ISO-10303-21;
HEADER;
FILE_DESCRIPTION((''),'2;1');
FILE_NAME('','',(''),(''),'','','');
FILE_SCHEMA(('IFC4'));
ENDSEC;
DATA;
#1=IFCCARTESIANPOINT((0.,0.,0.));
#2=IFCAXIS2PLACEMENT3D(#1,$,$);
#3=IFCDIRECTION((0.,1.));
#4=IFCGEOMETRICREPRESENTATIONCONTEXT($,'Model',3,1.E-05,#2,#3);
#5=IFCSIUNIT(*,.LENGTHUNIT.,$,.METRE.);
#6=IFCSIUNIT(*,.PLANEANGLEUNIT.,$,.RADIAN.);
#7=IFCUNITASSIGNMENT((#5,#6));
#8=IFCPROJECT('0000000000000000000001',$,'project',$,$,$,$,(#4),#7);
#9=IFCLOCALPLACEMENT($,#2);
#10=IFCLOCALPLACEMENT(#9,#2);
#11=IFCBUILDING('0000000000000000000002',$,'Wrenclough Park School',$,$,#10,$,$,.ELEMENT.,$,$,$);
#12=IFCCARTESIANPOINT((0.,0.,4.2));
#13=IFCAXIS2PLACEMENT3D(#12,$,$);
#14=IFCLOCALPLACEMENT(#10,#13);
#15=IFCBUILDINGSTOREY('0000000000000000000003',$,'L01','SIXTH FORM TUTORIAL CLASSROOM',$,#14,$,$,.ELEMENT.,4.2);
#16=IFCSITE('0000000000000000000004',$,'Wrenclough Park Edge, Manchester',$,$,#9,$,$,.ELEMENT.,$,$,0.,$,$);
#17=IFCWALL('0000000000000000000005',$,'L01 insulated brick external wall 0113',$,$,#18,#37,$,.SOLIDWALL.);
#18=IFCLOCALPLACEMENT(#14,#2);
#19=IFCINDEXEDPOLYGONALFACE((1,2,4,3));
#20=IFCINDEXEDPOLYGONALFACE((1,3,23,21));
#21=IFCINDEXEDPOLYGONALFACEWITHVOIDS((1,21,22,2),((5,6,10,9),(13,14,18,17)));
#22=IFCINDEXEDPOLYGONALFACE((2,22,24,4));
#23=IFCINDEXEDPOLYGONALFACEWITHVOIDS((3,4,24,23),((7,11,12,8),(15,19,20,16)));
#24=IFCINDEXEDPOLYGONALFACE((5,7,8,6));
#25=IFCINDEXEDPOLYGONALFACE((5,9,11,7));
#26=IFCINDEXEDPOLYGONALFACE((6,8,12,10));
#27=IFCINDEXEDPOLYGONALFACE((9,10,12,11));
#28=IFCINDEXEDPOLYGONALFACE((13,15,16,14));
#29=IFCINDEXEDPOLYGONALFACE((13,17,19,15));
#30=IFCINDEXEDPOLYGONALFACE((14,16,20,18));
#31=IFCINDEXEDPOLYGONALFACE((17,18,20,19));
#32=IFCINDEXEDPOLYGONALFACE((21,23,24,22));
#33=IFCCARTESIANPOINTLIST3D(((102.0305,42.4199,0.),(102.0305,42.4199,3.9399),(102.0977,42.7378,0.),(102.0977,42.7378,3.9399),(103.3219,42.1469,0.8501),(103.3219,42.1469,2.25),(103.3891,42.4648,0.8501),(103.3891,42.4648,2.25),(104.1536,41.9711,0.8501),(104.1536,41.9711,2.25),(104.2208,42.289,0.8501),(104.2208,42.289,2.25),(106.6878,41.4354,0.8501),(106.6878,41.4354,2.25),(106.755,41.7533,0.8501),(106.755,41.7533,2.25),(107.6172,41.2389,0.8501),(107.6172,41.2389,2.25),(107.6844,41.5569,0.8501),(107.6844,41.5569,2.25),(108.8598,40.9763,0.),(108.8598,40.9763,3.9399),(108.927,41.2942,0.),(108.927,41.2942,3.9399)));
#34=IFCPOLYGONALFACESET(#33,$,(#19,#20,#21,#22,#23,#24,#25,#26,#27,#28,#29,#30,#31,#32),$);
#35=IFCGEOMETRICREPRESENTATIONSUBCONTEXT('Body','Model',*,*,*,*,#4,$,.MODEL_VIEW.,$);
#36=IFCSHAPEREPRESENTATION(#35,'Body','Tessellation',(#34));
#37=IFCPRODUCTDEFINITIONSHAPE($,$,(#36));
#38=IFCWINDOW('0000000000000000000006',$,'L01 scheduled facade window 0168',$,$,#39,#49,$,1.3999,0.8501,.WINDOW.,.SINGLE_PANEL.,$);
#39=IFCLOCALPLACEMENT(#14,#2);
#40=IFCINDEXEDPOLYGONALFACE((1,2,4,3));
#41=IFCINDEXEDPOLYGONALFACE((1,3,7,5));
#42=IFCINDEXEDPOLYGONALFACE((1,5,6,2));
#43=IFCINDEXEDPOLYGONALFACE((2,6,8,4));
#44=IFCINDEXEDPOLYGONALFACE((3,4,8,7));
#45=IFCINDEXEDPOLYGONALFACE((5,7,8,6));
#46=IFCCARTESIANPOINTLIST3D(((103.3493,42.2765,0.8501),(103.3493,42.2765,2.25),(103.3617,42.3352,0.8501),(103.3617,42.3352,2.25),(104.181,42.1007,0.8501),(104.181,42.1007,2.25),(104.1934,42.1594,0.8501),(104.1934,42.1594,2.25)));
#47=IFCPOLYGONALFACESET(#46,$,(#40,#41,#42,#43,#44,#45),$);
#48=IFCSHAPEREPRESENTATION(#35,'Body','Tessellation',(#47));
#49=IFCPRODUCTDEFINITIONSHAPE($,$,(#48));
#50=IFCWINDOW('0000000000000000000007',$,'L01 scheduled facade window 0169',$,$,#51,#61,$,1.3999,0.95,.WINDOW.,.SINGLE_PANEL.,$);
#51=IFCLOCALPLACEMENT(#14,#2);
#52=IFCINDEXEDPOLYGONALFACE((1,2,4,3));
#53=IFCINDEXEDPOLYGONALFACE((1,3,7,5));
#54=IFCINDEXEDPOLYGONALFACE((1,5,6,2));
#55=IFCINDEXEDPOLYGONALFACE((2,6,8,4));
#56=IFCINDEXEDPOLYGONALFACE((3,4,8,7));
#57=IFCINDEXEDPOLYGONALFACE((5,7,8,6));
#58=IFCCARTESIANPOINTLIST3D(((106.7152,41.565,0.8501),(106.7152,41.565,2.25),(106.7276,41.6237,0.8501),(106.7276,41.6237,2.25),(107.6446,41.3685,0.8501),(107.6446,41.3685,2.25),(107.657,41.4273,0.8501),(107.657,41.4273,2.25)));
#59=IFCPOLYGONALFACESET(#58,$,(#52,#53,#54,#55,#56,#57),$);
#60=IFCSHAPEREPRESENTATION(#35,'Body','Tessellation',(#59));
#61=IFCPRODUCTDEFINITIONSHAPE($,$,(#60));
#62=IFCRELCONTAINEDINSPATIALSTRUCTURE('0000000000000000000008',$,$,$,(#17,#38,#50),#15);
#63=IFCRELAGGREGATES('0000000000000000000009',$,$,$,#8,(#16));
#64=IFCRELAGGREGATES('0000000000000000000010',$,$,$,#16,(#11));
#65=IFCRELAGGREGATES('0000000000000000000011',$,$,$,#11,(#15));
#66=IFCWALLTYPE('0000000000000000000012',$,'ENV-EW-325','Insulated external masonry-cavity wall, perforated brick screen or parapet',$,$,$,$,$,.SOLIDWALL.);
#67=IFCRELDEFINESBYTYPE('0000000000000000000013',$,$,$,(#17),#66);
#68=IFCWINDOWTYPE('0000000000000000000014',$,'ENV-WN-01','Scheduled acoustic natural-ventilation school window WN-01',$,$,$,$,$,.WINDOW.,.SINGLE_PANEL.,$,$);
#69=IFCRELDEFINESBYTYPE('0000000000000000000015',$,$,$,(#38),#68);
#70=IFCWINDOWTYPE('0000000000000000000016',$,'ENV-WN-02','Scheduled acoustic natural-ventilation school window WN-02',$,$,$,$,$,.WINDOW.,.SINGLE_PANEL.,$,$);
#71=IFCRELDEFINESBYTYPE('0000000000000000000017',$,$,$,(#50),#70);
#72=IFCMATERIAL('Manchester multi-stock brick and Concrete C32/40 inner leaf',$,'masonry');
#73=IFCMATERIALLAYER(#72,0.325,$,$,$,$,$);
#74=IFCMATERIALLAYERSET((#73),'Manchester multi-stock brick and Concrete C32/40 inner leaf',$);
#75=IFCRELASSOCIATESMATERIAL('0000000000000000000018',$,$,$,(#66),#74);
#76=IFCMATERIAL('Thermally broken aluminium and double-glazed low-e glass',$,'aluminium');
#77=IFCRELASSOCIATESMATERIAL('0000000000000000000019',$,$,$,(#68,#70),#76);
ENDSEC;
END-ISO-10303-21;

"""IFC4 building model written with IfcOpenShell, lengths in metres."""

from ifc_helpers import new_model, si_unit, direction, frame, frame_2d, origin, place, context, subcontext, project, spatial, rectangle, extrude, material, layer, layer_set, type_object, element, fill, save


model = new_model("IFC4")

# Units and contexts
model_context = context("Model", 3, precision=1e-05, world=origin(), true_north=direction((0.0, 1.0)))
body_context = subcontext(model_context, "Body", "Model", "MODEL_VIEW")
ifc_project = project(units=[si_unit("LENGTHUNIT", "METRE"), si_unit("PLANEANGLEUNIT", "RADIAN")], contexts=[model_context])

# Site, building, storey
site_placement = place(None, origin())
site = spatial("IfcSite", under=ifc_project, at=site_placement, Name="Wrenclough Park Edge, Manchester", CompositionType="ELEMENT", RefElevation=0.0)
building_placement = place(site_placement, origin())
building = spatial("IfcBuilding", under=site, at=building_placement, Name="Wrenclough Park School", CompositionType="ELEMENT")
storey_placement = place(building_placement, frame((0.0, 0.0, 4.2)))
storey = spatial("IfcBuildingStorey", under=building, at=storey_placement, Name="L01", Description="SIXTH FORM TUTORIAL CLASSROOM", CompositionType="ELEMENT", Elevation=4.2)

# Wall, openings, windows
ifc_material_1 = material(Name="Manchester multi-stock brick and Concrete C32/40 inner leaf", Category="masonry")
ifc_layer_1 = layer(ifc_material_1, 0.325)
ifc_layer_set_1 = layer_set([ifc_layer_1], Name="Manchester multi-stock brick and Concrete C32/40 inner leaf")
wall_type = type_object("IfcWallType", Name="ENV-EW-325", Description="Insulated external masonry-cavity wall, perforated brick screen or parapet", PredefinedType="SOLIDWALL", material=ifc_layer_set_1)
wall_placement = place(storey_placement, frame((102.064, 42.5789, 0.0), z_axis=(0.0, 0.0, 1.0), x_axis=(0.978381, -0.206812, 0.0)))
wall = element("IfcWall", 1, at=wall_placement, inside=storey, type_object=wall_type, Name="L01 insulated brick external wall 0113", PredefinedType="SOLIDWALL", context=body_context, shape_type="SweptSolid", body=[
    extrude(rectangle(XDim=6.9802, YDim=0.325, at=frame_2d((3.4902, 0.0))), origin(), (0.0, 0.0, 1.0), 3.9399),
])
opening_1_placement = place(wall_placement, frame((1.3201, 0.0, 0.8501)))
opening_1 = element("IfcOpeningElement", 2, at=opening_1_placement, cuts=wall, PredefinedType="OPENING", context=body_context, shape_type="SweptSolid", body=[
    extrude(rectangle(XDim=0.8501, YDim=1.3999, at=frame_2d((0.425, 0.7))), frame((0.0, 0.1724, 0.0), z_axis=(0.0, -1.0, 0.0), x_axis=(1.0, 0.0, 0.0)), (0.0, 0.0, 1.0), 0.345),
])
opening_2_placement = place(wall_placement, frame((4.7603, 0.0, 0.8501)))
opening_2 = element("IfcOpeningElement", 3, at=opening_2_placement, cuts=wall, PredefinedType="OPENING", context=body_context, shape_type="SweptSolid", body=[
    extrude(rectangle(XDim=0.95, YDim=1.3999, at=frame_2d((0.4751, 0.7))), frame((0.0, 0.1724, 0.0), z_axis=(0.0, -1.0, 0.0), x_axis=(1.0, 0.0, 0.0)), (0.0, 0.0, 1.0), 0.345),
])
ifc_material_2 = material(Name="Thermally broken aluminium and double-glazed low-e glass", Category="aluminium")
window_type_1 = type_object("IfcWindowType", Name="ENV-WN-01", Description="Scheduled acoustic natural-ventilation school window WN-01", PartitioningType="SINGLE_PANEL", PredefinedType="WINDOW", material=ifc_material_2)
window_1_placement = place(opening_1_placement, origin())
window_1 = element("IfcWindow", 4, at=window_1_placement, inside=storey, type_object=window_type_1, Name="L01 scheduled facade window 0168", OverallHeight=1.3999, OverallWidth=0.8501, PartitioningType="SINGLE_PANEL", PredefinedType="WINDOW", context=body_context, shape_type="SweptSolid", body=[
    extrude(rectangle(XDim=0.8501, YDim=1.3999, at=frame_2d((0.425, 0.7))), frame((0.0, 0.03, 0.0), z_axis=(0.0, -1.0, 0.0), x_axis=(1.0, 0.0, 0.0)), (0.0, 0.0, 1.0), 0.0601),
])
fill(opening_1, window_1)
window_type_2 = type_object("IfcWindowType", Name="ENV-WN-02", Description="Scheduled acoustic natural-ventilation school window WN-02", PartitioningType="SINGLE_PANEL", PredefinedType="WINDOW", material=ifc_material_2)
window_2_placement = place(opening_2_placement, origin())
window_2 = element("IfcWindow", 5, at=window_2_placement, inside=storey, type_object=window_type_2, Name="L01 scheduled facade window 0169", OverallHeight=1.3999, OverallWidth=0.95, PartitioningType="SINGLE_PANEL", PredefinedType="WINDOW", context=body_context, shape_type="SweptSolid", body=[
    extrude(rectangle(XDim=0.95, YDim=1.3999, at=frame_2d((0.4751, 0.7))), frame((0.0, 0.03, 0.0), z_axis=(0.0, -1.0, 0.0), x_axis=(1.0, 0.0, 0.0)), (0.0, 0.0, 1.0), 0.0601),
])
fill(opening_2, window_2)

save(model, "model.ifc")
